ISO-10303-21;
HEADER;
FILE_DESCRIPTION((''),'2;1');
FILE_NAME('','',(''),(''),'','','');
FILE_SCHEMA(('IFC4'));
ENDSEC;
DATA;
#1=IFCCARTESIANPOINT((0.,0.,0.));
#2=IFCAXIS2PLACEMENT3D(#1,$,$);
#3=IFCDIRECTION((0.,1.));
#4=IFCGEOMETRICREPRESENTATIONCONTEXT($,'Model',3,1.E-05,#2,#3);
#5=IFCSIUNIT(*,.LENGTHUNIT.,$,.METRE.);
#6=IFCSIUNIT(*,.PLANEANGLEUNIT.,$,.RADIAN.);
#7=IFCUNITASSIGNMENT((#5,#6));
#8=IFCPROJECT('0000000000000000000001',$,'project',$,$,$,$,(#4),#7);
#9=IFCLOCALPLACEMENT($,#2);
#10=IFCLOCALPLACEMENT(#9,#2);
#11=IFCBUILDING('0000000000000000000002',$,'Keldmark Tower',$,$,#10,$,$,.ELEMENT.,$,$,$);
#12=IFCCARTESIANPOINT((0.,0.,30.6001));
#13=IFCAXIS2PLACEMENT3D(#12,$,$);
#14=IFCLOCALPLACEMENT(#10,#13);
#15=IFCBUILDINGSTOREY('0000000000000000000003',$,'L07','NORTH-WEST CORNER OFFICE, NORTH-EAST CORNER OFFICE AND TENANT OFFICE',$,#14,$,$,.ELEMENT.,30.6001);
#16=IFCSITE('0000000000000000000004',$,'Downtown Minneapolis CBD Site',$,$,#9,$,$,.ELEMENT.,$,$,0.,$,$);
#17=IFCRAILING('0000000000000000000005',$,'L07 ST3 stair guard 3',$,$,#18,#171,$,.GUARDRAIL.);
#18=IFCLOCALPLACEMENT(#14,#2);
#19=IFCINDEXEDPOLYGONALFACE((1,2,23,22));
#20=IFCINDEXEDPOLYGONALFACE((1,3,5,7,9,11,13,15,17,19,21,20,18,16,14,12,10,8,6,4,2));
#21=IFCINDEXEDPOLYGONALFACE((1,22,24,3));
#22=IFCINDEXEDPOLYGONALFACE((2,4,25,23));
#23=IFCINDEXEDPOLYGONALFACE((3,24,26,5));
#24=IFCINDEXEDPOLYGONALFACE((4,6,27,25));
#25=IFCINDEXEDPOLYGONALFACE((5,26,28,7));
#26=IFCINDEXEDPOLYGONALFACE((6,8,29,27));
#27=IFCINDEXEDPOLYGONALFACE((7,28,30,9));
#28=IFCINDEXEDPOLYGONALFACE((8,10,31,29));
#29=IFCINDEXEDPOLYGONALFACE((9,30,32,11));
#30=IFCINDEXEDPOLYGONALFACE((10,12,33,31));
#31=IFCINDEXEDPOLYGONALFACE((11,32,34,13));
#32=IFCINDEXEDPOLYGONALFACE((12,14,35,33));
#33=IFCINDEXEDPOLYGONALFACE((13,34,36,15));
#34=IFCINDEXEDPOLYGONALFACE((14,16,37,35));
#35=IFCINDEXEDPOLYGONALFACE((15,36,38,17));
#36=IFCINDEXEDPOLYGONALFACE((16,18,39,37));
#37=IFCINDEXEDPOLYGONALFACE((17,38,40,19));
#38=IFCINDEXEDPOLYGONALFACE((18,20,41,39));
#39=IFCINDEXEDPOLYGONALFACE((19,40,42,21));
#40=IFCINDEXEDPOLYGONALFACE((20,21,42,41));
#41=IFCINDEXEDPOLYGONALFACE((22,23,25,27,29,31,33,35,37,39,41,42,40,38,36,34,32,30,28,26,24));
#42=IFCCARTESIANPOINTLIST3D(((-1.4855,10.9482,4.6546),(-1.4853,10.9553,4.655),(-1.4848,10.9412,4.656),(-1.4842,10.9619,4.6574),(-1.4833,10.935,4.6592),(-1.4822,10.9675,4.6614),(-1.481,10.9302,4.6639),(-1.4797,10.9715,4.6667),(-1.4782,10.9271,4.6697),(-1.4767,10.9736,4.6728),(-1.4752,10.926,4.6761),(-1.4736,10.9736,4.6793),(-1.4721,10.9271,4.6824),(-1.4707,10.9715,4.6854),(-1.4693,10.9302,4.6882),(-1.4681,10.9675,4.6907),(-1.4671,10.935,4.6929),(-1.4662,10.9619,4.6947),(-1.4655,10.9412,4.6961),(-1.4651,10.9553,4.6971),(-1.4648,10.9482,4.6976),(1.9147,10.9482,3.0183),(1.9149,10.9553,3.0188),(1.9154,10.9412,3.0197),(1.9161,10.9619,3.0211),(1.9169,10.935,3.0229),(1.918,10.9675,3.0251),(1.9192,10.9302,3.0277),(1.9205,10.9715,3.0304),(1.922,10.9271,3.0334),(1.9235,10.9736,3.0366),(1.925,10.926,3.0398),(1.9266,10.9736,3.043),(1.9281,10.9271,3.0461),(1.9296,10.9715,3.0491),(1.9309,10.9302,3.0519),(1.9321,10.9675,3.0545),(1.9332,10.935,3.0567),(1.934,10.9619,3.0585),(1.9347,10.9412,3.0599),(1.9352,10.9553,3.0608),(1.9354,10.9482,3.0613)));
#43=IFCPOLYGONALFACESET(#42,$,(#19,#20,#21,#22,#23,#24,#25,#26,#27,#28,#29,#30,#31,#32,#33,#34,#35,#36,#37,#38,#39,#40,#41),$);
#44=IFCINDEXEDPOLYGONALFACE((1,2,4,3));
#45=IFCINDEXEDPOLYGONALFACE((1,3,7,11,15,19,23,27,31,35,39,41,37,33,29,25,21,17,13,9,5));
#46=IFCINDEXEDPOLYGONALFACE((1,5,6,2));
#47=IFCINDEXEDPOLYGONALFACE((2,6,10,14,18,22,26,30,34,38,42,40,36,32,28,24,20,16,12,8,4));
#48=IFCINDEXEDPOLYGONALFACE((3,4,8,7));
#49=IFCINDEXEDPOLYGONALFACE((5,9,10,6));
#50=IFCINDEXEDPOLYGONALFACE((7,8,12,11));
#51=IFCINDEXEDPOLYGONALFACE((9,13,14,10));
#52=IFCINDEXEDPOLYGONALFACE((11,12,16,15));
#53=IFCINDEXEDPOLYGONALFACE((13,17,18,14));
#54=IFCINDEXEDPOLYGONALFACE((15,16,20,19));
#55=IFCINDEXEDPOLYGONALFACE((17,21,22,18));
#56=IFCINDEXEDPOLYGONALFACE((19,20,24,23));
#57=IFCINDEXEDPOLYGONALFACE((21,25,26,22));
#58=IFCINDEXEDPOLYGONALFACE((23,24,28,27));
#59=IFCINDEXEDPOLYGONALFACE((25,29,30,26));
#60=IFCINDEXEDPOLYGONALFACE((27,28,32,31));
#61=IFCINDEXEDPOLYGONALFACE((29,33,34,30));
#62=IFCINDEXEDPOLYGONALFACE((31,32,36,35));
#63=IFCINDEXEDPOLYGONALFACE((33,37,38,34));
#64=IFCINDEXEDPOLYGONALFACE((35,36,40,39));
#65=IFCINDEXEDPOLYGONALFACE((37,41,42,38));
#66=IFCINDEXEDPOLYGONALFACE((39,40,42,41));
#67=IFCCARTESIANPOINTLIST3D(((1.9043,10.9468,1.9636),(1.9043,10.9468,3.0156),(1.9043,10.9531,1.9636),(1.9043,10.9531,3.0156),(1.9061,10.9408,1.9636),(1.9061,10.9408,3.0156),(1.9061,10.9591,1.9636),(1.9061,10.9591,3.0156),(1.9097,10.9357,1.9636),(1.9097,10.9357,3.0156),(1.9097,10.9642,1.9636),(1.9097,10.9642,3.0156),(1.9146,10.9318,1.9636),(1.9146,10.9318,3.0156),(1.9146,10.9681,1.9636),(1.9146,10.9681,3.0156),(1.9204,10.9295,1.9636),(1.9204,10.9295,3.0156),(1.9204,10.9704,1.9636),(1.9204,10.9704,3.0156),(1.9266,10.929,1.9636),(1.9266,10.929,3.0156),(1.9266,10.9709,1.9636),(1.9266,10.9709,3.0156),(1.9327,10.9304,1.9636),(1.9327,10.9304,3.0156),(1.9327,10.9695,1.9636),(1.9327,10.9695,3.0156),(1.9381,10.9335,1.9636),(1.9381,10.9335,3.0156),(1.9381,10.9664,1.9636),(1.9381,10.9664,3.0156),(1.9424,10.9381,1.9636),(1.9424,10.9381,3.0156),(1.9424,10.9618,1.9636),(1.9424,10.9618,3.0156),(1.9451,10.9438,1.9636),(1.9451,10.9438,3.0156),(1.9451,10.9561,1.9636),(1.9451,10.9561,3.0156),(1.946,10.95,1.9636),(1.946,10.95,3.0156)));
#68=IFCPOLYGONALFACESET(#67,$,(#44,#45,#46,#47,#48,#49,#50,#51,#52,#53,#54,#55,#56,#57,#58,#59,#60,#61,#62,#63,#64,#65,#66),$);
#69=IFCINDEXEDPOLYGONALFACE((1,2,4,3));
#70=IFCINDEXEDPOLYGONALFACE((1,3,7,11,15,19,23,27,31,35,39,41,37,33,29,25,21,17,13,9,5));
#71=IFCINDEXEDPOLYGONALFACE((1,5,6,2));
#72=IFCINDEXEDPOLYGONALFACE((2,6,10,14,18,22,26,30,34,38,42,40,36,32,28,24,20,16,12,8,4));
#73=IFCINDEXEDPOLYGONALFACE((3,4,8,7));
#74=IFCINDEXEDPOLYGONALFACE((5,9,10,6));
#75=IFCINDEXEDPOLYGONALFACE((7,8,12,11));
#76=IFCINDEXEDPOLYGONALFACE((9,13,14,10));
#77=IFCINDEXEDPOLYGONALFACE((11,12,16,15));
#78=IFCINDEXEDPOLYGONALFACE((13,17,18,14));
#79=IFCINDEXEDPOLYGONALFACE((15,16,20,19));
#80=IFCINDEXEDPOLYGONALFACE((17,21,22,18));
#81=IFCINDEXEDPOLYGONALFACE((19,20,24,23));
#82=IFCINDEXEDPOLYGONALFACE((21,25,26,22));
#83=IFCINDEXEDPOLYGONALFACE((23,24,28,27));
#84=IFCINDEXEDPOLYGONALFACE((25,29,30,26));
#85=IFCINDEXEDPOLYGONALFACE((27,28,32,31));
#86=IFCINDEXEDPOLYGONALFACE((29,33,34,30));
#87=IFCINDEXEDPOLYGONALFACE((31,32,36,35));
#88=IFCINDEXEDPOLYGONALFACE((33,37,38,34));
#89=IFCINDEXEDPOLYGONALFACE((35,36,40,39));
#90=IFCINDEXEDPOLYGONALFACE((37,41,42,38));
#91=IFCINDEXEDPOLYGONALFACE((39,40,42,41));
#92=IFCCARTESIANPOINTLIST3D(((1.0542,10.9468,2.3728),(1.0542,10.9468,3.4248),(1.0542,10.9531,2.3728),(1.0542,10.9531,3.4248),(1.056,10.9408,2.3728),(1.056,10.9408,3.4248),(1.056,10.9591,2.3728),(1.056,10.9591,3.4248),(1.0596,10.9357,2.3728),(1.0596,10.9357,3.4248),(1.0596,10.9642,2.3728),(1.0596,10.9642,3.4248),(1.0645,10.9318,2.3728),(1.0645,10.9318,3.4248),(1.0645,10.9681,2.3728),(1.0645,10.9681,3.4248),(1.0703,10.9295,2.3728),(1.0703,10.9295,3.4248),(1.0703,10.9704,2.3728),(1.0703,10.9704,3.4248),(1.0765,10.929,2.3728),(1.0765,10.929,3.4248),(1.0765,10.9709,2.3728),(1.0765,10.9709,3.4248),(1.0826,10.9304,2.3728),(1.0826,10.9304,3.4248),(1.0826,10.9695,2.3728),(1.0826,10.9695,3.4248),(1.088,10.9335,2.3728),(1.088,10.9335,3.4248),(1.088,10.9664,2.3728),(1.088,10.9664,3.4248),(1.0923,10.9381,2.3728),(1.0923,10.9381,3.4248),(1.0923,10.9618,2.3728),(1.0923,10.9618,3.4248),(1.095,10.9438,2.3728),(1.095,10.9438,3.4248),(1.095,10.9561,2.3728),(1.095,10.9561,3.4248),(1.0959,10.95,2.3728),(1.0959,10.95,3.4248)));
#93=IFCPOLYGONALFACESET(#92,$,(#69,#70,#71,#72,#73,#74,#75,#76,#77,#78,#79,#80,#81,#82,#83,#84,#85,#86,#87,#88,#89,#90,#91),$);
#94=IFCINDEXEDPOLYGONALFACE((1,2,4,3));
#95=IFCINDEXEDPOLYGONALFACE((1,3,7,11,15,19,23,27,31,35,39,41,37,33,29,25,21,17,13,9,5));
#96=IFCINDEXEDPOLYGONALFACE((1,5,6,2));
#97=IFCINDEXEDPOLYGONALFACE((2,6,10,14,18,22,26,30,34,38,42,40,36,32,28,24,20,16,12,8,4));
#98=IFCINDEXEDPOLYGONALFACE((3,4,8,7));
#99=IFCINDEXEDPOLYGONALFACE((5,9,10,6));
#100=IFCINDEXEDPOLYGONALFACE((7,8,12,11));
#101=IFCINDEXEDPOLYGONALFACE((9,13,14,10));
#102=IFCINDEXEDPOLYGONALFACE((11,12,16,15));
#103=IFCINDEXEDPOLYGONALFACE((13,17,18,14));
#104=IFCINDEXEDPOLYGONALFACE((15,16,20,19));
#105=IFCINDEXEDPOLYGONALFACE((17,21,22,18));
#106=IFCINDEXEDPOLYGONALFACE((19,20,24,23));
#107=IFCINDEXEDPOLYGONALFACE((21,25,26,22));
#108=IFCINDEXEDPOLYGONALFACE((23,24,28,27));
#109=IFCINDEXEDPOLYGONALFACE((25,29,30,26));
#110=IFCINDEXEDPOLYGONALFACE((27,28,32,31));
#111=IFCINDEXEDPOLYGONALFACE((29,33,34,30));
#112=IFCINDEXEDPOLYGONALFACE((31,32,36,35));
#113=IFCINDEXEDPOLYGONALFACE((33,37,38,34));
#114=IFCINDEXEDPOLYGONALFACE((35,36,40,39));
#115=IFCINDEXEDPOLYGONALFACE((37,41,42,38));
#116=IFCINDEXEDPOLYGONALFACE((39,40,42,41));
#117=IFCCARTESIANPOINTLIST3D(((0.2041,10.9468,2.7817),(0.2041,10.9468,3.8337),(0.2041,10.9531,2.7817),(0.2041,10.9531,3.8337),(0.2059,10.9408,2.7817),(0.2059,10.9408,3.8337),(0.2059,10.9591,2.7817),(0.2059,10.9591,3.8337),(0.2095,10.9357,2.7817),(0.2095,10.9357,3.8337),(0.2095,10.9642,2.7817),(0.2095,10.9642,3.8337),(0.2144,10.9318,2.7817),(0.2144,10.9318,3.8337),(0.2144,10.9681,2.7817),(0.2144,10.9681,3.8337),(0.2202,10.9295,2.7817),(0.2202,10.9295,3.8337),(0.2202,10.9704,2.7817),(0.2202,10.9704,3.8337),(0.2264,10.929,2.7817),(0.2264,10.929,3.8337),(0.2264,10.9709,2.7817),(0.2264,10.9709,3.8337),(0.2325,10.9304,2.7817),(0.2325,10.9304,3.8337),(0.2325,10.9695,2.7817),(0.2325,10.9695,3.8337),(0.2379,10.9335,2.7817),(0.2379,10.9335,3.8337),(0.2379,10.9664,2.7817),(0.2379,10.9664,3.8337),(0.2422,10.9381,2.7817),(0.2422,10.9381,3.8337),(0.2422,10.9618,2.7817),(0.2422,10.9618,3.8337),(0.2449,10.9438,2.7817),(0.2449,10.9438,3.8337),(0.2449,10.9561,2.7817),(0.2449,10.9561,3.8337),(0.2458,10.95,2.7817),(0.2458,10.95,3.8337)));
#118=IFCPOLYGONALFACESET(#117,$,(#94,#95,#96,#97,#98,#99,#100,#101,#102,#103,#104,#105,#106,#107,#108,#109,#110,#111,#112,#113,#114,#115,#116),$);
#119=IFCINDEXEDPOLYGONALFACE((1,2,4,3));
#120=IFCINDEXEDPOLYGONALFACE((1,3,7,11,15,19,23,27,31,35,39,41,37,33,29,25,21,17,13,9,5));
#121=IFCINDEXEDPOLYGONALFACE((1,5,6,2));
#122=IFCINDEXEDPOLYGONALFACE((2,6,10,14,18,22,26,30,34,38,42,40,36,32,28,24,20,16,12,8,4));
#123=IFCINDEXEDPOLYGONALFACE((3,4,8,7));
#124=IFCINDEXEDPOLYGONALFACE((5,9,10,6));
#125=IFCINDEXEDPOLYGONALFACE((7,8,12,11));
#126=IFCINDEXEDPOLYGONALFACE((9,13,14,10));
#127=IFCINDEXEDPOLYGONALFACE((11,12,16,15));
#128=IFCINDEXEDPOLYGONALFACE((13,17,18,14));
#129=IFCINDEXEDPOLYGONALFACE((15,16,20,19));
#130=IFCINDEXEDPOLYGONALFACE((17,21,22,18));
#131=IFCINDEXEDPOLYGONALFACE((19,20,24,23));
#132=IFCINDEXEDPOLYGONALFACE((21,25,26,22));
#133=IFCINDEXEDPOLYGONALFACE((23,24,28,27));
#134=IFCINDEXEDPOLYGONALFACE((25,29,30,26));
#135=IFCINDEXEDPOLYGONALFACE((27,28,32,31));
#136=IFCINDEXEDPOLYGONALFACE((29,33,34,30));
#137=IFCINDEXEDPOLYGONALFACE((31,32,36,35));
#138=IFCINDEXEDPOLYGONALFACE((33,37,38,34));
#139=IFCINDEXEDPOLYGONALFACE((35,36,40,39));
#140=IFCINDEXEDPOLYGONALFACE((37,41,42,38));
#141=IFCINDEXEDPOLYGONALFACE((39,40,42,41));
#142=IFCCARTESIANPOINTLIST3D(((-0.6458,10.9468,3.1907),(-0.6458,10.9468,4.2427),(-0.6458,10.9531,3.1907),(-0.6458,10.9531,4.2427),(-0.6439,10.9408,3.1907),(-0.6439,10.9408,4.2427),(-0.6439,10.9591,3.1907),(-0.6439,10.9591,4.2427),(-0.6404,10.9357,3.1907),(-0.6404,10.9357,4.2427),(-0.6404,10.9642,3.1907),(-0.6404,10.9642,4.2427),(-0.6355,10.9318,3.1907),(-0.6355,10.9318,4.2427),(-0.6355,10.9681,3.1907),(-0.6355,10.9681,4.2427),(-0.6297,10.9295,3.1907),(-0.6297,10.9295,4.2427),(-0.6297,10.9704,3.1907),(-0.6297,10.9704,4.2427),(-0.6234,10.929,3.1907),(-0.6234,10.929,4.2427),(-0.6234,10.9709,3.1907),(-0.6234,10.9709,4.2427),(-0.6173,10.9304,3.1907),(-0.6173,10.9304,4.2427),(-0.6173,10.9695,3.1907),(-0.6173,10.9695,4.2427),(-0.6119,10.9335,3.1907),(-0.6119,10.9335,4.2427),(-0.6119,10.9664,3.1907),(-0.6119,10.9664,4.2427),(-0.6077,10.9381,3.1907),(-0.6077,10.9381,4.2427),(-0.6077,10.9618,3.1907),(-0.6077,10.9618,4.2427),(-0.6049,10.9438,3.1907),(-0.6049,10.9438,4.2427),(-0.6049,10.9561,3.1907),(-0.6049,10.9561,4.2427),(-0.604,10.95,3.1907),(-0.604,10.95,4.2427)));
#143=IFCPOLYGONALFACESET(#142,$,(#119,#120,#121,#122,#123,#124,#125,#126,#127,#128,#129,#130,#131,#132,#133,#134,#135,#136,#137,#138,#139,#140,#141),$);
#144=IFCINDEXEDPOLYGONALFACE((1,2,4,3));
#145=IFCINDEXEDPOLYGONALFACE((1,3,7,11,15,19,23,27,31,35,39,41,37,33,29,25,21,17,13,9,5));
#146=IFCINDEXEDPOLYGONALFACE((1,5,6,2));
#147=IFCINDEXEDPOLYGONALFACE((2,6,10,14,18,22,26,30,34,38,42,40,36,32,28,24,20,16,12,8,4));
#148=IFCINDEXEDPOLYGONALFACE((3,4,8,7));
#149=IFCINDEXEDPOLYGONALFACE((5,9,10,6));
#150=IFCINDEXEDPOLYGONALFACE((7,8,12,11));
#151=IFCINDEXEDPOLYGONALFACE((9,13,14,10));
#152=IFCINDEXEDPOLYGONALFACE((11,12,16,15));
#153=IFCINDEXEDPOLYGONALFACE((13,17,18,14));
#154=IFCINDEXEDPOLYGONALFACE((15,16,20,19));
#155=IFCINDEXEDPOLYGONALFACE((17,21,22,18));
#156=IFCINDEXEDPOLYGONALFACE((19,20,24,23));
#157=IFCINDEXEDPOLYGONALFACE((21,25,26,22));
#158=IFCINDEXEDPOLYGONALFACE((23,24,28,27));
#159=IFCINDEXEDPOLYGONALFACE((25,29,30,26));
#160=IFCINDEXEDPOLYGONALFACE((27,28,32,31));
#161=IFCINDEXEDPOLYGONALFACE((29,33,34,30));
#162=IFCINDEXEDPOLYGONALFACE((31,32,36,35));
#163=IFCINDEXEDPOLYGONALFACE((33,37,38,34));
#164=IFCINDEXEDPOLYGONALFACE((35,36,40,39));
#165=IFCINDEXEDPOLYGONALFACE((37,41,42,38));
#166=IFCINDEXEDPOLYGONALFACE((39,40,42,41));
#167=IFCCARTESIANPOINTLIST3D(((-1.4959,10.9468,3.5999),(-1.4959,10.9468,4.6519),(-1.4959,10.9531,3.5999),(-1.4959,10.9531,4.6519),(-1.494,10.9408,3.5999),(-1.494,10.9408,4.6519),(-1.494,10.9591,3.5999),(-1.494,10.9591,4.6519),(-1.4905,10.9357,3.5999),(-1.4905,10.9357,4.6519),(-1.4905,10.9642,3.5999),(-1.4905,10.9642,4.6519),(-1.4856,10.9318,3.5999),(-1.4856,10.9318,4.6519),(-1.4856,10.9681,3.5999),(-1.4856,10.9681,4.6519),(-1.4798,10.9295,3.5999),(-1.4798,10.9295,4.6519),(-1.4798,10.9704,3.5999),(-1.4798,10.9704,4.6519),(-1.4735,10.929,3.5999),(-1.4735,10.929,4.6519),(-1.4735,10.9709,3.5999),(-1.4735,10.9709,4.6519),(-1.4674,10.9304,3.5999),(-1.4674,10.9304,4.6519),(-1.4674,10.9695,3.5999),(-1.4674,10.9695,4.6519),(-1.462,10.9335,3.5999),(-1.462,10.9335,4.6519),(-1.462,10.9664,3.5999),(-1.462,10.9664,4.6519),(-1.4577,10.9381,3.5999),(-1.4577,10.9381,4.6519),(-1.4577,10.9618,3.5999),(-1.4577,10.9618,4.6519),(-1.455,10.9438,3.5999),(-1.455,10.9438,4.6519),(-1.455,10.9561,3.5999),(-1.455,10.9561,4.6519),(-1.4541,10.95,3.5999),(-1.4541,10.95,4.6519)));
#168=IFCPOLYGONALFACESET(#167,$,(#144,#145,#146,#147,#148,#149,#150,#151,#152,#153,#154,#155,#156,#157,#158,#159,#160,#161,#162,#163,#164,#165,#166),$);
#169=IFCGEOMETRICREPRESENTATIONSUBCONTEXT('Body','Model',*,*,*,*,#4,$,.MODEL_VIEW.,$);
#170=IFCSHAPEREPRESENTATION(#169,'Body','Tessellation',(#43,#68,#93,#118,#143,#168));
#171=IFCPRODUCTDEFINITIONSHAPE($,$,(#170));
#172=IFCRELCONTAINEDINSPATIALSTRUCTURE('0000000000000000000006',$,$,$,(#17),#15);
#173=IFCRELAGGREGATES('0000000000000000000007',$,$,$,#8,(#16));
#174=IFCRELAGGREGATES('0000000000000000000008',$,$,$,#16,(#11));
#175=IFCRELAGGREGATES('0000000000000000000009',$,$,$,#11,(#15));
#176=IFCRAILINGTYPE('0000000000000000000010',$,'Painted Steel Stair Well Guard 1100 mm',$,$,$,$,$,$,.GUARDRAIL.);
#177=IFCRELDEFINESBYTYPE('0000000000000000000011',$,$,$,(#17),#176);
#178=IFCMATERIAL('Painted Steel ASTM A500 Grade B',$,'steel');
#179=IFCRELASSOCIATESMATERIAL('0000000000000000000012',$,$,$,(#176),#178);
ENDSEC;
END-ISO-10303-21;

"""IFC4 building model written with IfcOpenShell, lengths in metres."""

from ifc_helpers import new_model, si_unit, direction, frame, origin, origin_2d, place, context, subcontext, project, spatial, circle, extrude, material, type_object, element, save


model = new_model("IFC4")

# Units and contexts
model_context = context("Model", 3, precision=1e-05, world=origin(), true_north=direction((0.0, 1.0)))
body_context = subcontext(model_context, "Body", "Model", "MODEL_VIEW")
ifc_project = project(units=[si_unit("LENGTHUNIT", "METRE"), si_unit("PLANEANGLEUNIT", "RADIAN")], contexts=[model_context])

# Site, building, storey
site_placement = place(None, origin())
site = spatial("IfcSite", under=ifc_project, at=site_placement, Name="Downtown Minneapolis CBD Site", CompositionType="ELEMENT", RefElevation=0.0)
building_placement = place(site_placement, origin())
building = spatial("IfcBuilding", under=site, at=building_placement, Name="Keldmark Tower", CompositionType="ELEMENT")
storey_placement = place(building_placement, frame((0.0, 0.0, 30.6001)))
storey = spatial("IfcBuildingStorey", under=building, at=storey_placement, Name="L07", Description="NORTH-WEST CORNER OFFICE, NORTH-EAST CORNER OFFICE AND TENANT OFFICE", CompositionType="ELEMENT", Elevation=30.6001)

# Railing
ifc_material_1 = material(Name="Painted Steel ASTM A500 Grade B", Category="steel")
railing_type_1 = type_object("IfcRailingType", Name="Painted Steel Stair Well Guard 1100 mm", PredefinedType="GUARDRAIL", material=ifc_material_1)
railing_1_placement = place(storey_placement, frame((1.925, 10.95, 1.9636)))
element("IfcRailing", 1, at=railing_1_placement, inside=storey, type_object=railing_type_1, Name="L07 ST3 stair guard 3", PredefinedType="GUARDRAIL", context=body_context, shape_type="SweptSolid", body=[
    extrude(circle(Radius=0.0239, at=origin_2d()), frame((0.0, 0.0, 1.0762), z_axis=(-0.901093, 0.0, 0.433627), x_axis=(0.0, -1.0, 0.0)), (0.0, 0.0, 1.0), 3.7734),
    extrude(circle(Radius=0.021, at=origin_2d()), origin(), (0.0, 0.0, 1.0), 1.052),
    extrude(circle(Radius=0.021, at=origin_2d()), frame((-0.8501, 0.0, 0.4092)), (0.0, 0.0, 1.0), 1.052),
    extrude(circle(Radius=0.021, at=origin_2d()), frame((-1.7002, 0.0, 0.8181)), (0.0, 0.0, 1.0), 1.052),
    extrude(circle(Radius=0.021, at=origin_2d()), frame((-2.55, 0.0, 1.2271)), (0.0, 0.0, 1.0), 1.052),
    extrude(circle(Radius=0.021, at=origin_2d()), frame((-3.4001, 0.0, 1.6362)), (0.0, 0.0, 1.0), 1.052),
])

save(model, "model.ifc")
